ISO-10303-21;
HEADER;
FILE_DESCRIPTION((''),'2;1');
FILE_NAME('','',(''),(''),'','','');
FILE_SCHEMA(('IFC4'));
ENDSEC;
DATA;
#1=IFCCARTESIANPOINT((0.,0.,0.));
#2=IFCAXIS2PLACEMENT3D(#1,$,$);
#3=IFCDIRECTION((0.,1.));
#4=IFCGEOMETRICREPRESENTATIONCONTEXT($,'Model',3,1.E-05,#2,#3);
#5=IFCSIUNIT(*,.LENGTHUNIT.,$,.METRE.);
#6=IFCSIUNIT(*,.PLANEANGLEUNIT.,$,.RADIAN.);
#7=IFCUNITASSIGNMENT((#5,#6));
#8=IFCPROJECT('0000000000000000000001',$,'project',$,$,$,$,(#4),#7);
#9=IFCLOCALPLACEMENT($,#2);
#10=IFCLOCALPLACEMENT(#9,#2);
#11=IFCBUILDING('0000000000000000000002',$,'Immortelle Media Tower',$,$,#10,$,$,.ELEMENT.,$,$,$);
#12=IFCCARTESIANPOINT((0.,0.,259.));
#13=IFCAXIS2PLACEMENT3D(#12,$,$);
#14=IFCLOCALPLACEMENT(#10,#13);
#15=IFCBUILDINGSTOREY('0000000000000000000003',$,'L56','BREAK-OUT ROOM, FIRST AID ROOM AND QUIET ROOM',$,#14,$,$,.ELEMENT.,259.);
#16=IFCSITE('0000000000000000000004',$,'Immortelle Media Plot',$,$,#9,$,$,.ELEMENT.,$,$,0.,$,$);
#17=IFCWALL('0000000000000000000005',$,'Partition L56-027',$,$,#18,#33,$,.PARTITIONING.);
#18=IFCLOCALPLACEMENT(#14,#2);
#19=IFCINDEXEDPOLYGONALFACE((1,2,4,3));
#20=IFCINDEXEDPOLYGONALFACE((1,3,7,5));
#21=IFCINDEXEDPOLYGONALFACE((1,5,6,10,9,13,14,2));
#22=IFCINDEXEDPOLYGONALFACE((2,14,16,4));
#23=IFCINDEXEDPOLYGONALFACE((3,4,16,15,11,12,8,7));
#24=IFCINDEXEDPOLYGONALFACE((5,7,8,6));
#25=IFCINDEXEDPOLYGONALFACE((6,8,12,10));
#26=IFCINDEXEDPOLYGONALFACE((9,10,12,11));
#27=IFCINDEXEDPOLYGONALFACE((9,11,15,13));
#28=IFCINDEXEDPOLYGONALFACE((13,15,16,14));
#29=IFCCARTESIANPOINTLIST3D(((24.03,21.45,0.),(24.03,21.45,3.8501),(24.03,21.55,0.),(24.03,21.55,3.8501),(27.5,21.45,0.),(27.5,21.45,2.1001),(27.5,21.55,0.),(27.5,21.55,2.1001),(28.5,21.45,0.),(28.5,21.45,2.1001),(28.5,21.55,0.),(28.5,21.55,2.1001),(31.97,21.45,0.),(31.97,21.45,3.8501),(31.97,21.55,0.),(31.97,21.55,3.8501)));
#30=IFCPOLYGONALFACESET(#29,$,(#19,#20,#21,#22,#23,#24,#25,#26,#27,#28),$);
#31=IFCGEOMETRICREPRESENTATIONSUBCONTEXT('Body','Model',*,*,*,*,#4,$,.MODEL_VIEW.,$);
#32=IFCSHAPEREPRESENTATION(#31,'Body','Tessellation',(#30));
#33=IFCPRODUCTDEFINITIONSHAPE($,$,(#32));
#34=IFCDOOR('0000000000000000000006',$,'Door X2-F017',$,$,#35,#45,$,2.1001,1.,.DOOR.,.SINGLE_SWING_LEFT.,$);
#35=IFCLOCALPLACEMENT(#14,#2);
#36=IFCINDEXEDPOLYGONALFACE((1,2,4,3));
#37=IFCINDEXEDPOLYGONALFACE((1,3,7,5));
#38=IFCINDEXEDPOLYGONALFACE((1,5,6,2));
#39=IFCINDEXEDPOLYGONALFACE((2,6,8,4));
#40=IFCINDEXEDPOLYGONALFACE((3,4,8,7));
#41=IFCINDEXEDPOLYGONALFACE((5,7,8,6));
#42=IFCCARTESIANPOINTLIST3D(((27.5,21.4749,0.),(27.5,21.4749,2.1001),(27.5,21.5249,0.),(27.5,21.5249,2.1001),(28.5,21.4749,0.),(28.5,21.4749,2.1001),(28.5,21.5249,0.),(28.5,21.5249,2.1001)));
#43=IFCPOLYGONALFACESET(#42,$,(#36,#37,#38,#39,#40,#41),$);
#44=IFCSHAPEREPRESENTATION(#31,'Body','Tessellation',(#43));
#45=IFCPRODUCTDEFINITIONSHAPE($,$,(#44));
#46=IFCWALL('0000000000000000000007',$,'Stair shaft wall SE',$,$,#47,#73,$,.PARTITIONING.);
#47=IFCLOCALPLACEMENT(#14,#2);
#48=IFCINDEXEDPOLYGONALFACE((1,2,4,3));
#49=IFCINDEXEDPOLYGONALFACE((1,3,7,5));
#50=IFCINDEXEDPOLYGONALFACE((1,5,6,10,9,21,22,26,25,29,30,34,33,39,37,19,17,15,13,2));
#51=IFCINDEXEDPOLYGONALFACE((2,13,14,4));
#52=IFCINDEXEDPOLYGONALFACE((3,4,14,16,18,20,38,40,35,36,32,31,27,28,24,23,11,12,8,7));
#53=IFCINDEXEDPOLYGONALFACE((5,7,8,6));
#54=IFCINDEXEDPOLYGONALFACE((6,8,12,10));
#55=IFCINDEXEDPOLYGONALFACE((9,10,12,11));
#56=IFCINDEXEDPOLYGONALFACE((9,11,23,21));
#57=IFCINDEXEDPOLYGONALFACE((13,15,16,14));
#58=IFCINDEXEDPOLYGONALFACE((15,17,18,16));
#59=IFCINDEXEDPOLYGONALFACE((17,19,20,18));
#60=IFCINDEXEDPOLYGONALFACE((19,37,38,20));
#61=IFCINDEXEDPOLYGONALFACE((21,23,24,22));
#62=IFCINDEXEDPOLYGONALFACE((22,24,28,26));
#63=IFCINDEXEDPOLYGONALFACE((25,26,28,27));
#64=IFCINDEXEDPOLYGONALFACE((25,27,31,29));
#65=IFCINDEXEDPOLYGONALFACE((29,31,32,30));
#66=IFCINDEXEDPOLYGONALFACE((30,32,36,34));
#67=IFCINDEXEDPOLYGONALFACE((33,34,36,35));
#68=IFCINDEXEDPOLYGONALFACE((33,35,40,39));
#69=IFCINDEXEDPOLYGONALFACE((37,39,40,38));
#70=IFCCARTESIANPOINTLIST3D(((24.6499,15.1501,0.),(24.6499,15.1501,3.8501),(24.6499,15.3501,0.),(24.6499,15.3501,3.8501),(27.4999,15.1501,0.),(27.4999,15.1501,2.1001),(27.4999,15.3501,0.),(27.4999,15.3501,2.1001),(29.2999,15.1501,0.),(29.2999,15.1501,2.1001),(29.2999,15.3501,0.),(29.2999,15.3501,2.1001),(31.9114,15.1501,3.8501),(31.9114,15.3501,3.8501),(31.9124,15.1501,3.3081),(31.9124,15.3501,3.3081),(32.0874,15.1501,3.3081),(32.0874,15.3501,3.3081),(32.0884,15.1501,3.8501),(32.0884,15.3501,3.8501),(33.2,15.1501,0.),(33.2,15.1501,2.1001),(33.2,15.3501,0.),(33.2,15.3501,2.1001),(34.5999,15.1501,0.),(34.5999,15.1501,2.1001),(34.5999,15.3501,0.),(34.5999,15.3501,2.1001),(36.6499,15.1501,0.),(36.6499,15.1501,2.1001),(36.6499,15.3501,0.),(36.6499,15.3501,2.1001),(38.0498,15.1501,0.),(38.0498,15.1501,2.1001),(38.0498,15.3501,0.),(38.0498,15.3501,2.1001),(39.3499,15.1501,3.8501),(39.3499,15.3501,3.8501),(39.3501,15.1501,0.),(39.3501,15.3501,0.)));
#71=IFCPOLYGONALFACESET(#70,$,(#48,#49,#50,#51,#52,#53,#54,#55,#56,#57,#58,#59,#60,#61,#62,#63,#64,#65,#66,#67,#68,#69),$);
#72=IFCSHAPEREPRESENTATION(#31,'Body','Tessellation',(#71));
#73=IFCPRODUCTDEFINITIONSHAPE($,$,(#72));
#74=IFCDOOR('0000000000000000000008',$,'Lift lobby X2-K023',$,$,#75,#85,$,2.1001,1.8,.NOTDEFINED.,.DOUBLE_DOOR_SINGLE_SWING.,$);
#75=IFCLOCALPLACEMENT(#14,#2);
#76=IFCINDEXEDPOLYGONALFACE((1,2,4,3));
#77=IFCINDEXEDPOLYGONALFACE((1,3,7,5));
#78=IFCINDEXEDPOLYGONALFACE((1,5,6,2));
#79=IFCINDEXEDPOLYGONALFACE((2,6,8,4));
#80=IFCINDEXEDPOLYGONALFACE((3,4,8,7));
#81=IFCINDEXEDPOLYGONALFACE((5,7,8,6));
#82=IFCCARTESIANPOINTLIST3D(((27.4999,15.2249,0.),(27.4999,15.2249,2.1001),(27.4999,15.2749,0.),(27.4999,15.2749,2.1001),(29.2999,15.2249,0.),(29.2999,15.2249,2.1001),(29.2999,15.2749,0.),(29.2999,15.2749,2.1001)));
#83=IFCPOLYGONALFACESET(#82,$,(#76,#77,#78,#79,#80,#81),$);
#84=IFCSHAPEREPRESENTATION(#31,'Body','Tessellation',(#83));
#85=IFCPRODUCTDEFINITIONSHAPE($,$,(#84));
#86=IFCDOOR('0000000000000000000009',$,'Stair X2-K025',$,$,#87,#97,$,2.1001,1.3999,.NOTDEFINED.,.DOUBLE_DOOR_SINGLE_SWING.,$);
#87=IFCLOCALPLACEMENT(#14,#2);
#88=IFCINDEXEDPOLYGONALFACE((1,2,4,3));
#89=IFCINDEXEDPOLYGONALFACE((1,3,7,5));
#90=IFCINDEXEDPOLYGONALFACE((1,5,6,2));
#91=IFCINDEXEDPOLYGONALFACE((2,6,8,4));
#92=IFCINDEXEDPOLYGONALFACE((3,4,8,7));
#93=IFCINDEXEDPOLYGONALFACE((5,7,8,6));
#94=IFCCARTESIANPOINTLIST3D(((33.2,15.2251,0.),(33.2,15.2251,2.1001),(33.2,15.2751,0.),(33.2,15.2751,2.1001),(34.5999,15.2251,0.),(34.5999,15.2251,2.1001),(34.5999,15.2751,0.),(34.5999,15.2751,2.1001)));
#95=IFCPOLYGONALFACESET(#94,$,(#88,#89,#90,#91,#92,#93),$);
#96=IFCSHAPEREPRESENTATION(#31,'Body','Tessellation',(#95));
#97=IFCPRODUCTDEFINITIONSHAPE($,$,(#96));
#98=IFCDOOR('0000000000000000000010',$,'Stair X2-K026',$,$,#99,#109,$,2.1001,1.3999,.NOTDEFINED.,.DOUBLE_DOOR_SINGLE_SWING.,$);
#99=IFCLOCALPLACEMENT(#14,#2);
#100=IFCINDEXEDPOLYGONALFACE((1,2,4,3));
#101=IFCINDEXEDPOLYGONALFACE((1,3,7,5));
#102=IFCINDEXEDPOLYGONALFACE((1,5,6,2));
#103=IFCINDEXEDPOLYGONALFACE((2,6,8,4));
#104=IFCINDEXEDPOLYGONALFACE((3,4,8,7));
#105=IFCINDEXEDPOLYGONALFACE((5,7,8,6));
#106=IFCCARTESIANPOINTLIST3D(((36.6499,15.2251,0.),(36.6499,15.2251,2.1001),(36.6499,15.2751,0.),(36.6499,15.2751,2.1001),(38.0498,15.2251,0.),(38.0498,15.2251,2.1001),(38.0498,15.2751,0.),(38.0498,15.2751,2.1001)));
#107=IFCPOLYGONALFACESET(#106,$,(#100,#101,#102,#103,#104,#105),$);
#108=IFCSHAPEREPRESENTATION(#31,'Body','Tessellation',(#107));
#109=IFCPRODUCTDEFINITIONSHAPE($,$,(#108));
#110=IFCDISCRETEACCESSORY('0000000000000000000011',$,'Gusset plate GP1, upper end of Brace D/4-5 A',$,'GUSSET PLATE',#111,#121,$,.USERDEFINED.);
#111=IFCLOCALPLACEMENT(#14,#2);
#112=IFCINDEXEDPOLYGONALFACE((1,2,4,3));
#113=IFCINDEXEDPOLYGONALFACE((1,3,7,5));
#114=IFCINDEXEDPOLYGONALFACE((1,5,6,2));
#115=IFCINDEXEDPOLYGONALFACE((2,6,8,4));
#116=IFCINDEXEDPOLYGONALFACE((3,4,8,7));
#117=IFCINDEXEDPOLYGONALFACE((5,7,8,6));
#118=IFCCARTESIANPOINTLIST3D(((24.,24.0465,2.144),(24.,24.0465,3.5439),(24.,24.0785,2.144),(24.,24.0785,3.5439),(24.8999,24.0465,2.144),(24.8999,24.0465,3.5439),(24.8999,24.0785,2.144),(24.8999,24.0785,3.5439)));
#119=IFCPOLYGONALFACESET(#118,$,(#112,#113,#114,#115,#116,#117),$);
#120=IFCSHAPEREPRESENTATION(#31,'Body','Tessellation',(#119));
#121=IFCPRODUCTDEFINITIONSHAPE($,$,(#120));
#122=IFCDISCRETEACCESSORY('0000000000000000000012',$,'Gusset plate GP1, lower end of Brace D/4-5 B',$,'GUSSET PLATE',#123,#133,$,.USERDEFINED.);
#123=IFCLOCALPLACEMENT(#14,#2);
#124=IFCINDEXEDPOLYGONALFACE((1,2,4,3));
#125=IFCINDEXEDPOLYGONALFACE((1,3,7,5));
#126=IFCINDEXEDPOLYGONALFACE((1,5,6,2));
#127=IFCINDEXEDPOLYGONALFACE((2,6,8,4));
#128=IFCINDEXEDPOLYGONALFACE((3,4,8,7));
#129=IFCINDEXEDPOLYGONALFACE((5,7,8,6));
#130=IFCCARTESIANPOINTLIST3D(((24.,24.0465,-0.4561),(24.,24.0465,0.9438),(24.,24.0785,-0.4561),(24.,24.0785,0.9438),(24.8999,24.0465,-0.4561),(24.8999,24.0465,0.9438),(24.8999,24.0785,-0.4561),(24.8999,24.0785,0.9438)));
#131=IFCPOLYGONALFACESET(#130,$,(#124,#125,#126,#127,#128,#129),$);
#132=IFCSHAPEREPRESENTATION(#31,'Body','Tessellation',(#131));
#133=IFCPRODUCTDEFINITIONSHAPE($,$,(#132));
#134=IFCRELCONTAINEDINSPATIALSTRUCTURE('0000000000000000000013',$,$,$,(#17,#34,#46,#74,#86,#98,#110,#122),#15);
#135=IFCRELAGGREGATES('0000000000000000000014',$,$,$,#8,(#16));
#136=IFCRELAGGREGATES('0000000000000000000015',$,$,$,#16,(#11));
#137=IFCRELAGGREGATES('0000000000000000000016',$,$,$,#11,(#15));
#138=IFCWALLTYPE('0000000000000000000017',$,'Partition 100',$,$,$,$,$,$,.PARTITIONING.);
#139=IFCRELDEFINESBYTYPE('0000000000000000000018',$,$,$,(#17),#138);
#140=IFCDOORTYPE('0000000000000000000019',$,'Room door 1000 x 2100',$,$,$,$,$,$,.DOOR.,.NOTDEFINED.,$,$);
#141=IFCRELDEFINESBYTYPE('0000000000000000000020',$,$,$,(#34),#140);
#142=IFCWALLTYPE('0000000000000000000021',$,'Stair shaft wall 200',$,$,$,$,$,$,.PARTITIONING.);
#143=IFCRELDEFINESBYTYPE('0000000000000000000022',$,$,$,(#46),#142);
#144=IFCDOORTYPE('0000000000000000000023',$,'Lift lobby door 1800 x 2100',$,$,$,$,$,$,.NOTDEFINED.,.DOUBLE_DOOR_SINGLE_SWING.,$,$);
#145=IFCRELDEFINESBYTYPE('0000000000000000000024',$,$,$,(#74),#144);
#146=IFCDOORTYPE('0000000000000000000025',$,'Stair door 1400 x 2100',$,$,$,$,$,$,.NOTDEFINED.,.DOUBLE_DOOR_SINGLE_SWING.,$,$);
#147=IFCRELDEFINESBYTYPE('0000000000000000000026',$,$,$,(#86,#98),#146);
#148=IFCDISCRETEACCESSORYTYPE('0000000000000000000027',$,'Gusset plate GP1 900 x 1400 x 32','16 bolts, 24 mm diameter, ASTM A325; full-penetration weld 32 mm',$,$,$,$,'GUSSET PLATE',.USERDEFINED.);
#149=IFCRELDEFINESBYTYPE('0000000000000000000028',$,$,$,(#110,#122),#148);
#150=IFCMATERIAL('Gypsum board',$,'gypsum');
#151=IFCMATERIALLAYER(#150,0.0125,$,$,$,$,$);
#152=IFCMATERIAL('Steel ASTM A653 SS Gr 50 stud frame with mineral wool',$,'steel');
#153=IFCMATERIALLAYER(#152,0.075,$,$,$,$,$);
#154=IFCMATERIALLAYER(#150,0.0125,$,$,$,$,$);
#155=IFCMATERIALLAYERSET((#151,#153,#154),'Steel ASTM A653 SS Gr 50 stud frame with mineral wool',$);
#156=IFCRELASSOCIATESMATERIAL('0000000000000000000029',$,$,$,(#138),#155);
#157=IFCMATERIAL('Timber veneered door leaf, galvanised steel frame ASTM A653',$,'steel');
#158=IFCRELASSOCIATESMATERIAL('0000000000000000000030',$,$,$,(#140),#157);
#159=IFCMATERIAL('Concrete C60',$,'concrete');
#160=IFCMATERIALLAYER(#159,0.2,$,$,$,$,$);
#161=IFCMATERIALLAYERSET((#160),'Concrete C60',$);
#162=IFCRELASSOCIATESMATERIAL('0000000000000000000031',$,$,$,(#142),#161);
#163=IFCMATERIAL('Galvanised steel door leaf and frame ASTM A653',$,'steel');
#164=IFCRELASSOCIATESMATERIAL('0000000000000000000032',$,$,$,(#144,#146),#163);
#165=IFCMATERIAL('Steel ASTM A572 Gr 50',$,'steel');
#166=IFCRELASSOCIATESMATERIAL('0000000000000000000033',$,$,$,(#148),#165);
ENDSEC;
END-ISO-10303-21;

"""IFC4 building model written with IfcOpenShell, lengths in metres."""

from ifc_helpers import new_model, si_unit, direction, frame, frame_2d, origin, origin_2d, place, context, subcontext, project, spatial, polyline, rectangle, outline, extrude, material, layer, layer_set, material_profile, profile_set, type_object, element, fill, save


model = new_model("IFC4")

# Units and contexts
model_context = context("Model", 3, precision=1e-05, world=origin(), true_north=direction((0.0, 1.0)))
body_context = subcontext(model_context, "Body", "Model", "MODEL_VIEW")
ifc_project = project(units=[si_unit("LENGTHUNIT", "METRE"), si_unit("PLANEANGLEUNIT", "RADIAN")], contexts=[model_context])

# Site, building, storey
site_placement = place(None, origin())
site = spatial("IfcSite", under=ifc_project, at=site_placement, Name="Immortelle Media Plot", CompositionType="ELEMENT", RefElevation=0.0)
building_placement = place(site_placement, origin())
building = spatial("IfcBuilding", under=site, at=building_placement, Name="Immortelle Media Tower", CompositionType="ELEMENT")
storey_placement = place(building_placement, frame((0.0, 0.0, 259.0)))
storey = spatial("IfcBuildingStorey", under=building, at=storey_placement, Name="L56", Description="BREAK-OUT ROOM, FIRST AID ROOM AND QUIET ROOM", CompositionType="ELEMENT", Elevation=259.0)

# Shared definitions
ifc_material_1 = material(Name="Steel ASTM A653 SS Gr 50 stud frame with mineral wool", Category="steel")

# Wall, opening, door
ifc_material_2 = material(Name="Gypsum board", Category="gypsum")
ifc_layer_1 = layer(ifc_material_2, 0.0125)
ifc_layer_2 = layer(ifc_material_1, 0.075)
ifc_layer_3 = layer(ifc_material_2, 0.0125)
ifc_layer_set_1 = layer_set([ifc_layer_1, ifc_layer_2, ifc_layer_3], Name="Steel ASTM A653 SS Gr 50 stud frame with mineral wool")
wall_type_1 = type_object("IfcWallType", Name="Partition 100", PredefinedType="PARTITIONING", material=ifc_layer_set_1)
wall_1_placement = place(storey_placement, frame((24.03, 21.5, 0.0), z_axis=(0.0, 0.0, 1.0), x_axis=(1.0, 0.0, 0.0)))
wall_1 = element("IfcWall", 1, at=wall_1_placement, inside=storey, type_object=wall_type_1, Name="Partition L56-027", PredefinedType="PARTITIONING", context=body_context, shape_type="SweptSolid", body=[
    extrude(rectangle(XDim=7.9399, YDim=0.1001, at=frame_2d((3.97, 0.0))), origin(), (0.0, 0.0, 1.0), 3.8501),
])
opening_1_placement = place(wall_1_placement, frame((3.47, 0.0, 0.0)))
opening_1 = element("IfcOpeningElement", 2, at=opening_1_placement, cuts=wall_1, PredefinedType="OPENING", context=body_context, shape_type="SweptSolid", body=[
    extrude(rectangle(XDim=1.0, YDim=2.1001, at=frame_2d((0.5, 1.05))), frame((0.0, 0.0601, 0.0), z_axis=(0.0, -1.0, 0.0), x_axis=(1.0, 0.0, 0.0)), (0.0, 0.0, 1.0), 0.1201),
])
ifc_material_3 = material(Name="Timber veneered door leaf, galvanised steel frame ASTM A653", Category="steel")
door_type_1 = type_object("IfcDoorType", Name="Room door 1000 x 2100", OperationType="NOTDEFINED", PredefinedType="DOOR", material=ifc_material_3)
door_1_placement = place(opening_1_placement, origin())
door_1 = element("IfcDoor", 3, at=door_1_placement, inside=storey, type_object=door_type_1, Name="Door X2-F017", OperationType="SINGLE_SWING_LEFT", OverallHeight=2.1001, OverallWidth=1.0, PredefinedType="DOOR", context=body_context, shape_type="SweptSolid", body=[
    extrude(rectangle(XDim=1.0, YDim=2.1001, at=frame_2d((0.5, 1.05))), frame((0.0, 0.0249, 0.0), z_axis=(0.0, -1.0, 0.0), x_axis=(1.0, 0.0, 0.0)), (0.0, 0.0, 1.0), 0.05),
])
fill(opening_1, door_1)

# Wall, openings, doors
ifc_material_4 = material(Name="Concrete C60", Category="concrete")
ifc_layer_4 = layer(ifc_material_4, 0.2)
ifc_layer_set_2 = layer_set([ifc_layer_4], Name="Concrete C60")
wall_type_2 = type_object("IfcWallType", Name="Stair shaft wall 200", PredefinedType="PARTITIONING", material=ifc_layer_set_2)
wall_2_placement = place(storey_placement, frame((24.6499, 15.25, 0.0), z_axis=(0.0, 0.0, 1.0), x_axis=(1.0, 0.0, 0.0)))
wall_2 = element("IfcWall", 4, at=wall_2_placement, inside=storey, type_object=wall_type_2, Name="Stair shaft wall SE", PredefinedType="PARTITIONING", context=body_context, shape_type="SweptSolid", body=[
    extrude(outline(polyline([(0.0, 0.0), (14.7002, 0.0), (14.7, 3.8501), (7.4385, 3.8501), (7.4375, 3.3081), (7.2625, 3.3081), (7.2615, 3.8501), (0.0, 3.8501), (0.0, 0.0)])), frame((0.0, 0.1001, 0.0), z_axis=(0.0, -1.0, 0.0), x_axis=(1.0, 0.0, 0.0)), (0.0, 0.0, 1.0), 0.2),
])
opening_2_placement = place(wall_2_placement, frame((2.8501, 0.0, 0.0)))
opening_2 = element("IfcOpeningElement", 5, at=opening_2_placement, cuts=wall_2, PredefinedType="OPENING", context=body_context, shape_type="SweptSolid", body=[
    extrude(rectangle(XDim=1.8, YDim=2.1001, at=frame_2d((0.8999, 1.05))), frame((0.0, 0.1099, 0.0), z_axis=(0.0, -1.0, 0.0), x_axis=(1.0, 0.0, 0.0)), (0.0, 0.0, 1.0), 0.22),
])
opening_3_placement = place(wall_2_placement, frame((9.95, 0.0, 0.0), z_axis=(0.0, 0.0, 1.0), x_axis=(-1.0, 0.0, 0.0)))
opening_3 = element("IfcOpeningElement", 6, at=opening_3_placement, cuts=wall_2, PredefinedType="OPENING", context=body_context, shape_type="SweptSolid", body=[
    extrude(rectangle(XDim=1.3999, YDim=2.1001, at=frame_2d((0.7, 1.05))), frame((0.0, 0.1099, 0.0), z_axis=(0.0, -1.0, 0.0), x_axis=(1.0, 0.0, 0.0)), (0.0, 0.0, 1.0), 0.22),
])
opening_4_placement = place(wall_2_placement, frame((13.3999, 0.0, 0.0), z_axis=(0.0, 0.0, 1.0), x_axis=(-1.0, 0.0, 0.0)))
opening_4 = element("IfcOpeningElement", 7, at=opening_4_placement, cuts=wall_2, PredefinedType="OPENING", context=body_context, shape_type="SweptSolid", body=[
    extrude(rectangle(XDim=1.3999, YDim=2.1001, at=frame_2d((0.7, 1.05))), frame((0.0, 0.1099, 0.0), z_axis=(0.0, -1.0, 0.0), x_axis=(1.0, 0.0, 0.0)), (0.0, 0.0, 1.0), 0.22),
])
ifc_material_5 = material(Name="Galvanised steel door leaf and frame ASTM A653", Category="steel")
door_type_2 = type_object("IfcDoorType", Name="Lift lobby door 1800 x 2100", OperationType="DOUBLE_DOOR_SINGLE_SWING", PredefinedType="NOTDEFINED", material=ifc_material_5)
door_2_placement = place(opening_2_placement, origin())
door_2 = element("IfcDoor", 8, at=door_2_placement, inside=storey, type_object=door_type_2, Name="Lift lobby X2-K023", OperationType="DOUBLE_DOOR_SINGLE_SWING", OverallHeight=2.1001, OverallWidth=1.8, PredefinedType="NOTDEFINED", context=body_context, shape_type="SweptSolid", body=[
    extrude(rectangle(XDim=1.8, YDim=2.1001, at=frame_2d((0.8999, 1.05))), frame((0.0, 0.0249, 0.0), z_axis=(0.0, -1.0, 0.0), x_axis=(1.0, 0.0, 0.0)), (0.0, 0.0, 1.0), 0.05),
])
fill(opening_2, door_2)
door_type_3 = type_object("IfcDoorType", Name="Stair door 1400 x 2100", OperationType="DOUBLE_DOOR_SINGLE_SWING", PredefinedType="NOTDEFINED", material=ifc_material_5)
door_3_placement = place(opening_3_placement, origin())
door_3 = element("IfcDoor", 9, at=door_3_placement, inside=storey, type_object=door_type_3, Name="Stair X2-K025", OperationType="DOUBLE_DOOR_SINGLE_SWING", OverallHeight=2.1001, OverallWidth=1.3999, PredefinedType="NOTDEFINED", context=body_context, shape_type="SweptSolid", body=[
    extrude(rectangle(XDim=1.3999, YDim=2.1001, at=frame_2d((0.7, 1.05))), frame((0.0, 0.0249, 0.0), z_axis=(0.0, -1.0, 0.0), x_axis=(1.0, 0.0, 0.0)), (0.0, 0.0, 1.0), 0.05),
])
fill(opening_3, door_3)
door_4_placement = place(opening_4_placement, origin())
door_4 = element("IfcDoor", 10, at=door_4_placement, inside=storey, type_object=door_type_3, Name="Stair X2-K026", OperationType="DOUBLE_DOOR_SINGLE_SWING", OverallHeight=2.1001, OverallWidth=1.3999, PredefinedType="NOTDEFINED", context=body_context, shape_type="SweptSolid", body=[
    extrude(rectangle(XDim=1.3999, YDim=2.1001, at=frame_2d((0.7, 1.05))), frame((0.0, 0.0249, 0.0), z_axis=(0.0, -1.0, 0.0), x_axis=(1.0, 0.0, 0.0)), (0.0, 0.0, 1.0), 0.05),
])
fill(opening_4, door_4)

# Discrete accessories
ifc_material_6 = material(Name="Steel ASTM A572 Gr 50", Category="steel")
ifc_material_profile_1 = material_profile(ifc_material_6, rectangle(XDim=0.032, YDim=1.3999, at=origin_2d()), Name="PL 32 x 1400")
ifc_profile_set_1 = profile_set([ifc_material_profile_1], Name="Steel ASTM A572 Gr 50")
discrete_accessory_type = type_object("IfcDiscreteAccessoryType", Name="Gusset plate GP1 900 x 1400 x 32", Description="16 bolts, 24 mm diameter, ASTM A325; full-penetration weld 32 mm", ElementType="GUSSET PLATE", PredefinedType="USERDEFINED", material=ifc_profile_set_1)
for number, where, z_axis, x_axis, name in (
    (11, (24.0, 24.0625, 2.844), (1.0, 0.0, 0.0), (0.0, 1.0, 0.0), "Gusset plate GP1, upper end of Brace D/4-5 A"),
    (12, (24.0, 24.0625, 0.2439), (1.0, 0.0, 0.0), (0.0, 1.0, 0.0), "Gusset plate GP1, lower end of Brace D/4-5 B"),
):
    element("IfcDiscreteAccessory", number, at=place(storey_placement, frame(where, z_axis=z_axis, x_axis=x_axis)), inside=storey, type_object=discrete_accessory_type, Name=name, ObjectType="GUSSET PLATE", PredefinedType="USERDEFINED", context=body_context, shape_type="SweptSolid", body=[
        extrude(rectangle(XDim=0.032, YDim=1.3999, at=origin_2d()), origin(), (0.0, 0.0, 1.0), 0.8999),
    ])

save(model, "model.ifc")
